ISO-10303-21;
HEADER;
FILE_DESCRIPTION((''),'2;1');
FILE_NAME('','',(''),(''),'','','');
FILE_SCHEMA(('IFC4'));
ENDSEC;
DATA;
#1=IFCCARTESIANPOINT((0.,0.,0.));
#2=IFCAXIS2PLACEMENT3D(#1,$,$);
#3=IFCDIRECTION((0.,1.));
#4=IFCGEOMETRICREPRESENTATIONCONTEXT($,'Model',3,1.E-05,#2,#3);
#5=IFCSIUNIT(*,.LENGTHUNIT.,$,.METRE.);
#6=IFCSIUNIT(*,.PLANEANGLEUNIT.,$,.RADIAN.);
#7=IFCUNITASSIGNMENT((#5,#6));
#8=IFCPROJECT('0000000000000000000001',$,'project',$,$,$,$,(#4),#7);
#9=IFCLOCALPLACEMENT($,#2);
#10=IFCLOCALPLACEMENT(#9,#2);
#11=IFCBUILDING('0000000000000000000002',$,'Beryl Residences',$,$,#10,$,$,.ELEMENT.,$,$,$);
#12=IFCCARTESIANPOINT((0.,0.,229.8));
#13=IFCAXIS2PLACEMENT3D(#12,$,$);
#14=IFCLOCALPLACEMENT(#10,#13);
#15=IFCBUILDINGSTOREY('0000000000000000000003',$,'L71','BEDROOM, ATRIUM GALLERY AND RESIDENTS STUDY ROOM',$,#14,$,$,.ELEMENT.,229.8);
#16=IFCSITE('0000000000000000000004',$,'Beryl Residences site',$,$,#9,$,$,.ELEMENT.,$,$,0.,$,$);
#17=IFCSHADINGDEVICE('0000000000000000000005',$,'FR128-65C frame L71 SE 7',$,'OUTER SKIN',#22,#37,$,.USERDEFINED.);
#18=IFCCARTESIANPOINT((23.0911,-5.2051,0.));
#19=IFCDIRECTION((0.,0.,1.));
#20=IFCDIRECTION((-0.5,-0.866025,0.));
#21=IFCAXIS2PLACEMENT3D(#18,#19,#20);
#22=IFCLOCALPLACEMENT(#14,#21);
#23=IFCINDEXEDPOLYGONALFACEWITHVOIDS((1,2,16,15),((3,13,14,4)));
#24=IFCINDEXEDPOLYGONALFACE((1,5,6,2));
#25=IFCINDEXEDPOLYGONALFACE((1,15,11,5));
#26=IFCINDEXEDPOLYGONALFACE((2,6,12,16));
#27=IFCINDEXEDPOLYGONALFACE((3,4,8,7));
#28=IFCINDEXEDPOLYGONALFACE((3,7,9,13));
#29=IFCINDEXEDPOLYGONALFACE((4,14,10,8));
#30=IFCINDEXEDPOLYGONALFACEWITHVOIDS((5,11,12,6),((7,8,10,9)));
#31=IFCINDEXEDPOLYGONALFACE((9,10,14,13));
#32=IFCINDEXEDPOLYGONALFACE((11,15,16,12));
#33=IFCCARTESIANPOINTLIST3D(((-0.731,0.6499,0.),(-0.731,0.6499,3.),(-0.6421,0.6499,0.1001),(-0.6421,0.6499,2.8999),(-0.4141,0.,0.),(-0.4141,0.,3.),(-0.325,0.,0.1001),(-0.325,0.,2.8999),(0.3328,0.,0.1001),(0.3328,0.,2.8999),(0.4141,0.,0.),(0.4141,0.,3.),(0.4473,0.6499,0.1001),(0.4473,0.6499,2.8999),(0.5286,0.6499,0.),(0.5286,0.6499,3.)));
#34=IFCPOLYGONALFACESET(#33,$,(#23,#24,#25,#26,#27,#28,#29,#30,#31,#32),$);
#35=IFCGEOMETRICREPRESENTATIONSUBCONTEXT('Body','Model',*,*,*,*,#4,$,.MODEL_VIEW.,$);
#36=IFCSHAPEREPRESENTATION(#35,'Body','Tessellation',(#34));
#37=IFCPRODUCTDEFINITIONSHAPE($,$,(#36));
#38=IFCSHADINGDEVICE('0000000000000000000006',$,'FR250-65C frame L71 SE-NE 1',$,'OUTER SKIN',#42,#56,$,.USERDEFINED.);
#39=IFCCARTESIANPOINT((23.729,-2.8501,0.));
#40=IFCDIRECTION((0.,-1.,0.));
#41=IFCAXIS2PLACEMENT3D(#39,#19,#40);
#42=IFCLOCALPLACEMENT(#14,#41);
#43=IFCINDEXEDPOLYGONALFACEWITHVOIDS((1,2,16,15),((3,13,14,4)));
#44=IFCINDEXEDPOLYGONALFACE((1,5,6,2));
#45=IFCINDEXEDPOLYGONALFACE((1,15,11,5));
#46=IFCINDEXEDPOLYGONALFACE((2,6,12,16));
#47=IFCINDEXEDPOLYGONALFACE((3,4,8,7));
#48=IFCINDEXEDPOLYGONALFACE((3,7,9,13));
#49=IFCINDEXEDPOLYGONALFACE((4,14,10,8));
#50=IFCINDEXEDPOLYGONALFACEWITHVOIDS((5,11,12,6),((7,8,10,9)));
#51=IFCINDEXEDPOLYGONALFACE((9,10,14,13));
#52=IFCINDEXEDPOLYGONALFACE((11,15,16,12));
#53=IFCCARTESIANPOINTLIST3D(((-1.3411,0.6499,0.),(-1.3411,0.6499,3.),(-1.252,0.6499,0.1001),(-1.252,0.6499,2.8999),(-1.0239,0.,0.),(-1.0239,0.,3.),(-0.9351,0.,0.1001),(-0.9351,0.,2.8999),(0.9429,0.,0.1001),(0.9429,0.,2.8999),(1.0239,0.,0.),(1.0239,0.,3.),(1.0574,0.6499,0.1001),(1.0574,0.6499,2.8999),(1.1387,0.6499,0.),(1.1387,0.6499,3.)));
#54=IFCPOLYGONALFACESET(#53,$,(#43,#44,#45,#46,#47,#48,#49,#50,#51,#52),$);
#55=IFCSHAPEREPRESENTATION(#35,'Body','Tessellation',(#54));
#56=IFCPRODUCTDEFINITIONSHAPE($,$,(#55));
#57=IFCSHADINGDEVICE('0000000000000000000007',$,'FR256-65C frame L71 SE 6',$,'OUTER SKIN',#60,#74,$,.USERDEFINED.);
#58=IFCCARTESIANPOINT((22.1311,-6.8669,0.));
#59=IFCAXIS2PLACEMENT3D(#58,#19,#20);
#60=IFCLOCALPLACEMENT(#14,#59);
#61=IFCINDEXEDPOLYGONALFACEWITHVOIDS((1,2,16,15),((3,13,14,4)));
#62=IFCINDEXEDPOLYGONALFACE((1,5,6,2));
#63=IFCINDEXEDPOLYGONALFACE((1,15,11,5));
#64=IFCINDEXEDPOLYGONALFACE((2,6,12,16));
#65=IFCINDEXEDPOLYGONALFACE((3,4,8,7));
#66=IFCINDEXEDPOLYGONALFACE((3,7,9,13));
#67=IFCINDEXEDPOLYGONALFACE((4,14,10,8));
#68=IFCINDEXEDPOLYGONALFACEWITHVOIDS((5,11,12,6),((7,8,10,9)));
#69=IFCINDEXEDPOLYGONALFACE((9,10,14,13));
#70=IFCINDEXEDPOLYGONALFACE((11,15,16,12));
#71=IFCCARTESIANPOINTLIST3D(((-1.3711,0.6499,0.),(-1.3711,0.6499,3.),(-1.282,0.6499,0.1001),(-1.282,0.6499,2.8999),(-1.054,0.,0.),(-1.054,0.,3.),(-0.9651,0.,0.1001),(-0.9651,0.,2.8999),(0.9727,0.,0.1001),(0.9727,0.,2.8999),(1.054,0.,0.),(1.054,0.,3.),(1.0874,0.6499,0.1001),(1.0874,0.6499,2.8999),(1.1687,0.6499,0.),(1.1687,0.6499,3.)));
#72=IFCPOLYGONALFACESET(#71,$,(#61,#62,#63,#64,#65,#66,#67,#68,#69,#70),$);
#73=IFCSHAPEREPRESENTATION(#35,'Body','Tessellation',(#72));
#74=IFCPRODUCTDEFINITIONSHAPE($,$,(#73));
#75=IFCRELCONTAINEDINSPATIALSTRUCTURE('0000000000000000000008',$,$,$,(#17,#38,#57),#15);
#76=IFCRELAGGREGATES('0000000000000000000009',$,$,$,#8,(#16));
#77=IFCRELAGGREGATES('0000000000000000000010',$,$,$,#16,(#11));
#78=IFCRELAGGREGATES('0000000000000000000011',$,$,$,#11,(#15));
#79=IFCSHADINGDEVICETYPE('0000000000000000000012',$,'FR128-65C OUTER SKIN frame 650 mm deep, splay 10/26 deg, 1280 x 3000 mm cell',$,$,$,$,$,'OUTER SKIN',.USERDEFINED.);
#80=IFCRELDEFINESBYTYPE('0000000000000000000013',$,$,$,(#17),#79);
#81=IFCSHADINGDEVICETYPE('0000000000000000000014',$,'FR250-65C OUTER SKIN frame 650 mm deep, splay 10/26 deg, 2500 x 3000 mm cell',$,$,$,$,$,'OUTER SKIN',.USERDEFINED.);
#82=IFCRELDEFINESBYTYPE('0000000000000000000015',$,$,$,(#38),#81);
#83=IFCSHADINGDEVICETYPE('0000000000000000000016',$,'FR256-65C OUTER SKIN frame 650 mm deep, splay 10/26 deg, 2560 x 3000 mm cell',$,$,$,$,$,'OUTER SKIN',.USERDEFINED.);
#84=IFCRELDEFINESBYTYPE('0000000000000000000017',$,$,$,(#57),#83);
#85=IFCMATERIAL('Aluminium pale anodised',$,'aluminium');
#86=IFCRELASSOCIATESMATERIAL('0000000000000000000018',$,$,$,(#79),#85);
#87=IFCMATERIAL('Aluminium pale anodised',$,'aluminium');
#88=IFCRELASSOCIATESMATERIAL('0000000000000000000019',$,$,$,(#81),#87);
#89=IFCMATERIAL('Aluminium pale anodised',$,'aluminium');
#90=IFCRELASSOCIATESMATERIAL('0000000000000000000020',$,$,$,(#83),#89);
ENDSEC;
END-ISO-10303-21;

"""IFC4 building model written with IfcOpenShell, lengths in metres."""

from ifc_helpers import new_model, entity, si_unit, direction, frame, origin, place, context, subcontext, project, spatial, source, transform, mapped, material, type_object, type_shapes, element, save


model = new_model("IFC4")

# Units and contexts
model_context = context("Model", 3, precision=1e-05, world=origin(), true_north=direction((0.0, 1.0)))
body_context = subcontext(model_context, "Body", "Model", "MODEL_VIEW")
ifc_project = project(units=[si_unit("LENGTHUNIT", "METRE"), si_unit("PLANEANGLEUNIT", "RADIAN")], contexts=[model_context])

# Site, building, storey
site_placement = place(None, origin())
site = spatial("IfcSite", under=ifc_project, at=site_placement, Name="Beryl Residences site", CompositionType="ELEMENT", RefElevation=0.0)
building_placement = place(site_placement, origin())
building = spatial("IfcBuilding", under=site, at=building_placement, Name="Beryl Residences", CompositionType="ELEMENT")
storey_placement = place(building_placement, frame((0.0, 0.0, 229.8)))
storey = spatial("IfcBuildingStorey", under=building, at=storey_placement, Name="L71", Description="BEDROOM, ATRIUM GALLERY AND RESIDENTS STUDY ROOM", CompositionType="ELEMENT", Elevation=229.8)

# Shading devices
ifc_material_1 = material(Name="Aluminium pale anodised", Category="aluminium")
shading_device_type_1 = type_object("IfcShadingDeviceType", Name="FR128-65C OUTER SKIN frame 650 mm deep, splay 10/26 deg, 1280 x 3000 mm cell", ElementType="OUTER SKIN", PredefinedType="USERDEFINED", material=ifc_material_1)
cartesian_point_1 = entity("IfcCartesianPoint", [-0.4141, 0.0])
cartesian_point_2 = entity("IfcCartesianPoint", [-0.3328, 0.1001])
cartesian_point_3 = entity("IfcCartesianPoint", [-0.5286, 0.0])
cartesian_point_4 = entity("IfcCartesianPoint", [-0.4473, 0.1001])
shared_shape_1 = source(origin(), body_context, "Body", "SweptSolid", [
    entity("IfcExtrudedAreaSolidTapered", entity("IfcArbitraryProfileDefWithVoids", "AREA", None, entity("IfcPolyline", [cartesian_point_1, entity("IfcCartesianPoint", [0.4141, 0.0]), entity("IfcCartesianPoint", [0.4141, 3.0]), entity("IfcCartesianPoint", [-0.4141, 3.0]), cartesian_point_1]), [entity("IfcPolyline", [cartesian_point_2, entity("IfcCartesianPoint", [0.325, 0.1001]), entity("IfcCartesianPoint", [0.325, 2.8999]), entity("IfcCartesianPoint", [-0.3328, 2.8999]), cartesian_point_2])]), entity("IfcAxis2Placement3D", entity("IfcCartesianPoint", [0.0, 0.0, 0.0]), entity("IfcDirection", [0.0, 1.0, 0.0]), entity("IfcDirection", [-1.0, 0.0, 0.0])), entity("IfcDirection", [0.0, 0.0, 1.0]), 0.6499, entity("IfcArbitraryProfileDefWithVoids", "AREA", None, entity("IfcPolyline", [cartesian_point_3, entity("IfcCartesianPoint", [0.731, 0.0]), entity("IfcCartesianPoint", [0.731, 3.0]), entity("IfcCartesianPoint", [-0.5286, 3.0]), cartesian_point_3]), [entity("IfcPolyline", [cartesian_point_4, entity("IfcCartesianPoint", [0.6421, 0.1001]), entity("IfcCartesianPoint", [0.6421, 2.8999]), entity("IfcCartesianPoint", [-0.4473, 2.8999]), cartesian_point_4])])),
])
type_shapes(shading_device_type_1, [shared_shape_1])
shading_device_1_placement = place(storey_placement, frame((23.0911, -5.2051, 0.0), z_axis=(0.0, 0.0, 1.0), x_axis=(-0.5, -0.866025, 0.0)))
element("IfcShadingDevice", 1, at=shading_device_1_placement, inside=storey, type_object=shading_device_type_1, Name="FR128-65C frame L71 SE 7", ObjectType="OUTER SKIN", PredefinedType="USERDEFINED", context=body_context, shape_type="MappedRepresentation", body=[
    mapped(shared_shape_1, transform((0.0, 0.0, 0.0))),
])
ifc_material_2 = material(Name="Aluminium pale anodised", Category="aluminium")
shading_device_type_2 = type_object("IfcShadingDeviceType", Name="FR250-65C OUTER SKIN frame 650 mm deep, splay 10/26 deg, 2500 x 3000 mm cell", ElementType="OUTER SKIN", PredefinedType="USERDEFINED", material=ifc_material_2)
cartesian_point_5 = entity("IfcCartesianPoint", [-1.0239, 0.0])
cartesian_point_6 = entity("IfcCartesianPoint", [-0.9429, 0.1001])
cartesian_point_7 = entity("IfcCartesianPoint", [-1.1387, 0.0])
cartesian_point_8 = entity("IfcCartesianPoint", [-1.0574, 0.1001])
shared_shape_2 = source(origin(), body_context, "Body", "SweptSolid", [
    entity("IfcExtrudedAreaSolidTapered", entity("IfcArbitraryProfileDefWithVoids", "AREA", None, entity("IfcPolyline", [cartesian_point_5, entity("IfcCartesianPoint", [1.0239, 0.0]), entity("IfcCartesianPoint", [1.0239, 3.0]), entity("IfcCartesianPoint", [-1.0239, 3.0]), cartesian_point_5]), [entity("IfcPolyline", [cartesian_point_6, entity("IfcCartesianPoint", [0.9351, 0.1001]), entity("IfcCartesianPoint", [0.9351, 2.8999]), entity("IfcCartesianPoint", [-0.9429, 2.8999]), cartesian_point_6])]), entity("IfcAxis2Placement3D", entity("IfcCartesianPoint", [0.0, 0.0, 0.0]), entity("IfcDirection", [0.0, 1.0, 0.0]), entity("IfcDirection", [-1.0, 0.0, 0.0])), entity("IfcDirection", [0.0, 0.0, 1.0]), 0.6499, entity("IfcArbitraryProfileDefWithVoids", "AREA", None, entity("IfcPolyline", [cartesian_point_7, entity("IfcCartesianPoint", [1.3411, 0.0]), entity("IfcCartesianPoint", [1.3411, 3.0]), entity("IfcCartesianPoint", [-1.1387, 3.0]), cartesian_point_7]), [entity("IfcPolyline", [cartesian_point_8, entity("IfcCartesianPoint", [1.252, 0.1001]), entity("IfcCartesianPoint", [1.252, 2.8999]), entity("IfcCartesianPoint", [-1.0574, 2.8999]), cartesian_point_8])])),
])
type_shapes(shading_device_type_2, [shared_shape_2])
shading_device_2_placement = place(storey_placement, frame((23.729, -2.8501, 0.0), z_axis=(0.0, 0.0, 1.0), x_axis=(0.0, -1.0, 0.0)))
element("IfcShadingDevice", 2, at=shading_device_2_placement, inside=storey, type_object=shading_device_type_2, Name="FR250-65C frame L71 SE-NE 1", ObjectType="OUTER SKIN", PredefinedType="USERDEFINED", context=body_context, shape_type="MappedRepresentation", body=[
    mapped(shared_shape_2, transform((0.0, 0.0, 0.0))),
])
ifc_material_3 = material(Name="Aluminium pale anodised", Category="aluminium")
shading_device_type_3 = type_object("IfcShadingDeviceType", Name="FR256-65C OUTER SKIN frame 650 mm deep, splay 10/26 deg, 2560 x 3000 mm cell", ElementType="OUTER SKIN", PredefinedType="USERDEFINED", material=ifc_material_3)
cartesian_point_9 = entity("IfcCartesianPoint", [-1.054, 0.0])
cartesian_point_10 = entity("IfcCartesianPoint", [-0.9727, 0.1001])
cartesian_point_11 = entity("IfcCartesianPoint", [-1.1687, 0.0])
cartesian_point_12 = entity("IfcCartesianPoint", [-1.0874, 0.1001])
shared_shape_3 = source(origin(), body_context, "Body", "SweptSolid", [
    entity("IfcExtrudedAreaSolidTapered", entity("IfcArbitraryProfileDefWithVoids", "AREA", None, entity("IfcPolyline", [cartesian_point_9, entity("IfcCartesianPoint", [1.054, 0.0]), entity("IfcCartesianPoint", [1.054, 3.0]), entity("IfcCartesianPoint", [-1.054, 3.0]), cartesian_point_9]), [entity("IfcPolyline", [cartesian_point_10, entity("IfcCartesianPoint", [0.9651, 0.1001]), entity("IfcCartesianPoint", [0.9651, 2.8999]), entity("IfcCartesianPoint", [-0.9727, 2.8999]), cartesian_point_10])]), entity("IfcAxis2Placement3D", entity("IfcCartesianPoint", [0.0, 0.0, 0.0]), entity("IfcDirection", [0.0, 1.0, 0.0]), entity("IfcDirection", [-1.0, 0.0, 0.0])), entity("IfcDirection", [0.0, 0.0, 1.0]), 0.6499, entity("IfcArbitraryProfileDefWithVoids", "AREA", None, entity("IfcPolyline", [cartesian_point_11, entity("IfcCartesianPoint", [1.3711, 0.0]), entity("IfcCartesianPoint", [1.3711, 3.0]), entity("IfcCartesianPoint", [-1.1687, 3.0]), cartesian_point_11]), [entity("IfcPolyline", [cartesian_point_12, entity("IfcCartesianPoint", [1.282, 0.1001]), entity("IfcCartesianPoint", [1.282, 2.8999]), entity("IfcCartesianPoint", [-1.0874, 2.8999]), cartesian_point_12])])),
])
type_shapes(shading_device_type_3, [shared_shape_3])
shading_device_3_placement = place(storey_placement, frame((22.1311, -6.8669, 0.0), z_axis=(0.0, 0.0, 1.0), x_axis=(-0.5, -0.866025, 0.0)))
element("IfcShadingDevice", 3, at=shading_device_3_placement, inside=storey, type_object=shading_device_type_3, Name="FR256-65C frame L71 SE 6", ObjectType="OUTER SKIN", PredefinedType="USERDEFINED", context=body_context, shape_type="MappedRepresentation", body=[
    mapped(shared_shape_3, transform((0.0, 0.0, 0.0))),
])

save(model, "model.ifc")
